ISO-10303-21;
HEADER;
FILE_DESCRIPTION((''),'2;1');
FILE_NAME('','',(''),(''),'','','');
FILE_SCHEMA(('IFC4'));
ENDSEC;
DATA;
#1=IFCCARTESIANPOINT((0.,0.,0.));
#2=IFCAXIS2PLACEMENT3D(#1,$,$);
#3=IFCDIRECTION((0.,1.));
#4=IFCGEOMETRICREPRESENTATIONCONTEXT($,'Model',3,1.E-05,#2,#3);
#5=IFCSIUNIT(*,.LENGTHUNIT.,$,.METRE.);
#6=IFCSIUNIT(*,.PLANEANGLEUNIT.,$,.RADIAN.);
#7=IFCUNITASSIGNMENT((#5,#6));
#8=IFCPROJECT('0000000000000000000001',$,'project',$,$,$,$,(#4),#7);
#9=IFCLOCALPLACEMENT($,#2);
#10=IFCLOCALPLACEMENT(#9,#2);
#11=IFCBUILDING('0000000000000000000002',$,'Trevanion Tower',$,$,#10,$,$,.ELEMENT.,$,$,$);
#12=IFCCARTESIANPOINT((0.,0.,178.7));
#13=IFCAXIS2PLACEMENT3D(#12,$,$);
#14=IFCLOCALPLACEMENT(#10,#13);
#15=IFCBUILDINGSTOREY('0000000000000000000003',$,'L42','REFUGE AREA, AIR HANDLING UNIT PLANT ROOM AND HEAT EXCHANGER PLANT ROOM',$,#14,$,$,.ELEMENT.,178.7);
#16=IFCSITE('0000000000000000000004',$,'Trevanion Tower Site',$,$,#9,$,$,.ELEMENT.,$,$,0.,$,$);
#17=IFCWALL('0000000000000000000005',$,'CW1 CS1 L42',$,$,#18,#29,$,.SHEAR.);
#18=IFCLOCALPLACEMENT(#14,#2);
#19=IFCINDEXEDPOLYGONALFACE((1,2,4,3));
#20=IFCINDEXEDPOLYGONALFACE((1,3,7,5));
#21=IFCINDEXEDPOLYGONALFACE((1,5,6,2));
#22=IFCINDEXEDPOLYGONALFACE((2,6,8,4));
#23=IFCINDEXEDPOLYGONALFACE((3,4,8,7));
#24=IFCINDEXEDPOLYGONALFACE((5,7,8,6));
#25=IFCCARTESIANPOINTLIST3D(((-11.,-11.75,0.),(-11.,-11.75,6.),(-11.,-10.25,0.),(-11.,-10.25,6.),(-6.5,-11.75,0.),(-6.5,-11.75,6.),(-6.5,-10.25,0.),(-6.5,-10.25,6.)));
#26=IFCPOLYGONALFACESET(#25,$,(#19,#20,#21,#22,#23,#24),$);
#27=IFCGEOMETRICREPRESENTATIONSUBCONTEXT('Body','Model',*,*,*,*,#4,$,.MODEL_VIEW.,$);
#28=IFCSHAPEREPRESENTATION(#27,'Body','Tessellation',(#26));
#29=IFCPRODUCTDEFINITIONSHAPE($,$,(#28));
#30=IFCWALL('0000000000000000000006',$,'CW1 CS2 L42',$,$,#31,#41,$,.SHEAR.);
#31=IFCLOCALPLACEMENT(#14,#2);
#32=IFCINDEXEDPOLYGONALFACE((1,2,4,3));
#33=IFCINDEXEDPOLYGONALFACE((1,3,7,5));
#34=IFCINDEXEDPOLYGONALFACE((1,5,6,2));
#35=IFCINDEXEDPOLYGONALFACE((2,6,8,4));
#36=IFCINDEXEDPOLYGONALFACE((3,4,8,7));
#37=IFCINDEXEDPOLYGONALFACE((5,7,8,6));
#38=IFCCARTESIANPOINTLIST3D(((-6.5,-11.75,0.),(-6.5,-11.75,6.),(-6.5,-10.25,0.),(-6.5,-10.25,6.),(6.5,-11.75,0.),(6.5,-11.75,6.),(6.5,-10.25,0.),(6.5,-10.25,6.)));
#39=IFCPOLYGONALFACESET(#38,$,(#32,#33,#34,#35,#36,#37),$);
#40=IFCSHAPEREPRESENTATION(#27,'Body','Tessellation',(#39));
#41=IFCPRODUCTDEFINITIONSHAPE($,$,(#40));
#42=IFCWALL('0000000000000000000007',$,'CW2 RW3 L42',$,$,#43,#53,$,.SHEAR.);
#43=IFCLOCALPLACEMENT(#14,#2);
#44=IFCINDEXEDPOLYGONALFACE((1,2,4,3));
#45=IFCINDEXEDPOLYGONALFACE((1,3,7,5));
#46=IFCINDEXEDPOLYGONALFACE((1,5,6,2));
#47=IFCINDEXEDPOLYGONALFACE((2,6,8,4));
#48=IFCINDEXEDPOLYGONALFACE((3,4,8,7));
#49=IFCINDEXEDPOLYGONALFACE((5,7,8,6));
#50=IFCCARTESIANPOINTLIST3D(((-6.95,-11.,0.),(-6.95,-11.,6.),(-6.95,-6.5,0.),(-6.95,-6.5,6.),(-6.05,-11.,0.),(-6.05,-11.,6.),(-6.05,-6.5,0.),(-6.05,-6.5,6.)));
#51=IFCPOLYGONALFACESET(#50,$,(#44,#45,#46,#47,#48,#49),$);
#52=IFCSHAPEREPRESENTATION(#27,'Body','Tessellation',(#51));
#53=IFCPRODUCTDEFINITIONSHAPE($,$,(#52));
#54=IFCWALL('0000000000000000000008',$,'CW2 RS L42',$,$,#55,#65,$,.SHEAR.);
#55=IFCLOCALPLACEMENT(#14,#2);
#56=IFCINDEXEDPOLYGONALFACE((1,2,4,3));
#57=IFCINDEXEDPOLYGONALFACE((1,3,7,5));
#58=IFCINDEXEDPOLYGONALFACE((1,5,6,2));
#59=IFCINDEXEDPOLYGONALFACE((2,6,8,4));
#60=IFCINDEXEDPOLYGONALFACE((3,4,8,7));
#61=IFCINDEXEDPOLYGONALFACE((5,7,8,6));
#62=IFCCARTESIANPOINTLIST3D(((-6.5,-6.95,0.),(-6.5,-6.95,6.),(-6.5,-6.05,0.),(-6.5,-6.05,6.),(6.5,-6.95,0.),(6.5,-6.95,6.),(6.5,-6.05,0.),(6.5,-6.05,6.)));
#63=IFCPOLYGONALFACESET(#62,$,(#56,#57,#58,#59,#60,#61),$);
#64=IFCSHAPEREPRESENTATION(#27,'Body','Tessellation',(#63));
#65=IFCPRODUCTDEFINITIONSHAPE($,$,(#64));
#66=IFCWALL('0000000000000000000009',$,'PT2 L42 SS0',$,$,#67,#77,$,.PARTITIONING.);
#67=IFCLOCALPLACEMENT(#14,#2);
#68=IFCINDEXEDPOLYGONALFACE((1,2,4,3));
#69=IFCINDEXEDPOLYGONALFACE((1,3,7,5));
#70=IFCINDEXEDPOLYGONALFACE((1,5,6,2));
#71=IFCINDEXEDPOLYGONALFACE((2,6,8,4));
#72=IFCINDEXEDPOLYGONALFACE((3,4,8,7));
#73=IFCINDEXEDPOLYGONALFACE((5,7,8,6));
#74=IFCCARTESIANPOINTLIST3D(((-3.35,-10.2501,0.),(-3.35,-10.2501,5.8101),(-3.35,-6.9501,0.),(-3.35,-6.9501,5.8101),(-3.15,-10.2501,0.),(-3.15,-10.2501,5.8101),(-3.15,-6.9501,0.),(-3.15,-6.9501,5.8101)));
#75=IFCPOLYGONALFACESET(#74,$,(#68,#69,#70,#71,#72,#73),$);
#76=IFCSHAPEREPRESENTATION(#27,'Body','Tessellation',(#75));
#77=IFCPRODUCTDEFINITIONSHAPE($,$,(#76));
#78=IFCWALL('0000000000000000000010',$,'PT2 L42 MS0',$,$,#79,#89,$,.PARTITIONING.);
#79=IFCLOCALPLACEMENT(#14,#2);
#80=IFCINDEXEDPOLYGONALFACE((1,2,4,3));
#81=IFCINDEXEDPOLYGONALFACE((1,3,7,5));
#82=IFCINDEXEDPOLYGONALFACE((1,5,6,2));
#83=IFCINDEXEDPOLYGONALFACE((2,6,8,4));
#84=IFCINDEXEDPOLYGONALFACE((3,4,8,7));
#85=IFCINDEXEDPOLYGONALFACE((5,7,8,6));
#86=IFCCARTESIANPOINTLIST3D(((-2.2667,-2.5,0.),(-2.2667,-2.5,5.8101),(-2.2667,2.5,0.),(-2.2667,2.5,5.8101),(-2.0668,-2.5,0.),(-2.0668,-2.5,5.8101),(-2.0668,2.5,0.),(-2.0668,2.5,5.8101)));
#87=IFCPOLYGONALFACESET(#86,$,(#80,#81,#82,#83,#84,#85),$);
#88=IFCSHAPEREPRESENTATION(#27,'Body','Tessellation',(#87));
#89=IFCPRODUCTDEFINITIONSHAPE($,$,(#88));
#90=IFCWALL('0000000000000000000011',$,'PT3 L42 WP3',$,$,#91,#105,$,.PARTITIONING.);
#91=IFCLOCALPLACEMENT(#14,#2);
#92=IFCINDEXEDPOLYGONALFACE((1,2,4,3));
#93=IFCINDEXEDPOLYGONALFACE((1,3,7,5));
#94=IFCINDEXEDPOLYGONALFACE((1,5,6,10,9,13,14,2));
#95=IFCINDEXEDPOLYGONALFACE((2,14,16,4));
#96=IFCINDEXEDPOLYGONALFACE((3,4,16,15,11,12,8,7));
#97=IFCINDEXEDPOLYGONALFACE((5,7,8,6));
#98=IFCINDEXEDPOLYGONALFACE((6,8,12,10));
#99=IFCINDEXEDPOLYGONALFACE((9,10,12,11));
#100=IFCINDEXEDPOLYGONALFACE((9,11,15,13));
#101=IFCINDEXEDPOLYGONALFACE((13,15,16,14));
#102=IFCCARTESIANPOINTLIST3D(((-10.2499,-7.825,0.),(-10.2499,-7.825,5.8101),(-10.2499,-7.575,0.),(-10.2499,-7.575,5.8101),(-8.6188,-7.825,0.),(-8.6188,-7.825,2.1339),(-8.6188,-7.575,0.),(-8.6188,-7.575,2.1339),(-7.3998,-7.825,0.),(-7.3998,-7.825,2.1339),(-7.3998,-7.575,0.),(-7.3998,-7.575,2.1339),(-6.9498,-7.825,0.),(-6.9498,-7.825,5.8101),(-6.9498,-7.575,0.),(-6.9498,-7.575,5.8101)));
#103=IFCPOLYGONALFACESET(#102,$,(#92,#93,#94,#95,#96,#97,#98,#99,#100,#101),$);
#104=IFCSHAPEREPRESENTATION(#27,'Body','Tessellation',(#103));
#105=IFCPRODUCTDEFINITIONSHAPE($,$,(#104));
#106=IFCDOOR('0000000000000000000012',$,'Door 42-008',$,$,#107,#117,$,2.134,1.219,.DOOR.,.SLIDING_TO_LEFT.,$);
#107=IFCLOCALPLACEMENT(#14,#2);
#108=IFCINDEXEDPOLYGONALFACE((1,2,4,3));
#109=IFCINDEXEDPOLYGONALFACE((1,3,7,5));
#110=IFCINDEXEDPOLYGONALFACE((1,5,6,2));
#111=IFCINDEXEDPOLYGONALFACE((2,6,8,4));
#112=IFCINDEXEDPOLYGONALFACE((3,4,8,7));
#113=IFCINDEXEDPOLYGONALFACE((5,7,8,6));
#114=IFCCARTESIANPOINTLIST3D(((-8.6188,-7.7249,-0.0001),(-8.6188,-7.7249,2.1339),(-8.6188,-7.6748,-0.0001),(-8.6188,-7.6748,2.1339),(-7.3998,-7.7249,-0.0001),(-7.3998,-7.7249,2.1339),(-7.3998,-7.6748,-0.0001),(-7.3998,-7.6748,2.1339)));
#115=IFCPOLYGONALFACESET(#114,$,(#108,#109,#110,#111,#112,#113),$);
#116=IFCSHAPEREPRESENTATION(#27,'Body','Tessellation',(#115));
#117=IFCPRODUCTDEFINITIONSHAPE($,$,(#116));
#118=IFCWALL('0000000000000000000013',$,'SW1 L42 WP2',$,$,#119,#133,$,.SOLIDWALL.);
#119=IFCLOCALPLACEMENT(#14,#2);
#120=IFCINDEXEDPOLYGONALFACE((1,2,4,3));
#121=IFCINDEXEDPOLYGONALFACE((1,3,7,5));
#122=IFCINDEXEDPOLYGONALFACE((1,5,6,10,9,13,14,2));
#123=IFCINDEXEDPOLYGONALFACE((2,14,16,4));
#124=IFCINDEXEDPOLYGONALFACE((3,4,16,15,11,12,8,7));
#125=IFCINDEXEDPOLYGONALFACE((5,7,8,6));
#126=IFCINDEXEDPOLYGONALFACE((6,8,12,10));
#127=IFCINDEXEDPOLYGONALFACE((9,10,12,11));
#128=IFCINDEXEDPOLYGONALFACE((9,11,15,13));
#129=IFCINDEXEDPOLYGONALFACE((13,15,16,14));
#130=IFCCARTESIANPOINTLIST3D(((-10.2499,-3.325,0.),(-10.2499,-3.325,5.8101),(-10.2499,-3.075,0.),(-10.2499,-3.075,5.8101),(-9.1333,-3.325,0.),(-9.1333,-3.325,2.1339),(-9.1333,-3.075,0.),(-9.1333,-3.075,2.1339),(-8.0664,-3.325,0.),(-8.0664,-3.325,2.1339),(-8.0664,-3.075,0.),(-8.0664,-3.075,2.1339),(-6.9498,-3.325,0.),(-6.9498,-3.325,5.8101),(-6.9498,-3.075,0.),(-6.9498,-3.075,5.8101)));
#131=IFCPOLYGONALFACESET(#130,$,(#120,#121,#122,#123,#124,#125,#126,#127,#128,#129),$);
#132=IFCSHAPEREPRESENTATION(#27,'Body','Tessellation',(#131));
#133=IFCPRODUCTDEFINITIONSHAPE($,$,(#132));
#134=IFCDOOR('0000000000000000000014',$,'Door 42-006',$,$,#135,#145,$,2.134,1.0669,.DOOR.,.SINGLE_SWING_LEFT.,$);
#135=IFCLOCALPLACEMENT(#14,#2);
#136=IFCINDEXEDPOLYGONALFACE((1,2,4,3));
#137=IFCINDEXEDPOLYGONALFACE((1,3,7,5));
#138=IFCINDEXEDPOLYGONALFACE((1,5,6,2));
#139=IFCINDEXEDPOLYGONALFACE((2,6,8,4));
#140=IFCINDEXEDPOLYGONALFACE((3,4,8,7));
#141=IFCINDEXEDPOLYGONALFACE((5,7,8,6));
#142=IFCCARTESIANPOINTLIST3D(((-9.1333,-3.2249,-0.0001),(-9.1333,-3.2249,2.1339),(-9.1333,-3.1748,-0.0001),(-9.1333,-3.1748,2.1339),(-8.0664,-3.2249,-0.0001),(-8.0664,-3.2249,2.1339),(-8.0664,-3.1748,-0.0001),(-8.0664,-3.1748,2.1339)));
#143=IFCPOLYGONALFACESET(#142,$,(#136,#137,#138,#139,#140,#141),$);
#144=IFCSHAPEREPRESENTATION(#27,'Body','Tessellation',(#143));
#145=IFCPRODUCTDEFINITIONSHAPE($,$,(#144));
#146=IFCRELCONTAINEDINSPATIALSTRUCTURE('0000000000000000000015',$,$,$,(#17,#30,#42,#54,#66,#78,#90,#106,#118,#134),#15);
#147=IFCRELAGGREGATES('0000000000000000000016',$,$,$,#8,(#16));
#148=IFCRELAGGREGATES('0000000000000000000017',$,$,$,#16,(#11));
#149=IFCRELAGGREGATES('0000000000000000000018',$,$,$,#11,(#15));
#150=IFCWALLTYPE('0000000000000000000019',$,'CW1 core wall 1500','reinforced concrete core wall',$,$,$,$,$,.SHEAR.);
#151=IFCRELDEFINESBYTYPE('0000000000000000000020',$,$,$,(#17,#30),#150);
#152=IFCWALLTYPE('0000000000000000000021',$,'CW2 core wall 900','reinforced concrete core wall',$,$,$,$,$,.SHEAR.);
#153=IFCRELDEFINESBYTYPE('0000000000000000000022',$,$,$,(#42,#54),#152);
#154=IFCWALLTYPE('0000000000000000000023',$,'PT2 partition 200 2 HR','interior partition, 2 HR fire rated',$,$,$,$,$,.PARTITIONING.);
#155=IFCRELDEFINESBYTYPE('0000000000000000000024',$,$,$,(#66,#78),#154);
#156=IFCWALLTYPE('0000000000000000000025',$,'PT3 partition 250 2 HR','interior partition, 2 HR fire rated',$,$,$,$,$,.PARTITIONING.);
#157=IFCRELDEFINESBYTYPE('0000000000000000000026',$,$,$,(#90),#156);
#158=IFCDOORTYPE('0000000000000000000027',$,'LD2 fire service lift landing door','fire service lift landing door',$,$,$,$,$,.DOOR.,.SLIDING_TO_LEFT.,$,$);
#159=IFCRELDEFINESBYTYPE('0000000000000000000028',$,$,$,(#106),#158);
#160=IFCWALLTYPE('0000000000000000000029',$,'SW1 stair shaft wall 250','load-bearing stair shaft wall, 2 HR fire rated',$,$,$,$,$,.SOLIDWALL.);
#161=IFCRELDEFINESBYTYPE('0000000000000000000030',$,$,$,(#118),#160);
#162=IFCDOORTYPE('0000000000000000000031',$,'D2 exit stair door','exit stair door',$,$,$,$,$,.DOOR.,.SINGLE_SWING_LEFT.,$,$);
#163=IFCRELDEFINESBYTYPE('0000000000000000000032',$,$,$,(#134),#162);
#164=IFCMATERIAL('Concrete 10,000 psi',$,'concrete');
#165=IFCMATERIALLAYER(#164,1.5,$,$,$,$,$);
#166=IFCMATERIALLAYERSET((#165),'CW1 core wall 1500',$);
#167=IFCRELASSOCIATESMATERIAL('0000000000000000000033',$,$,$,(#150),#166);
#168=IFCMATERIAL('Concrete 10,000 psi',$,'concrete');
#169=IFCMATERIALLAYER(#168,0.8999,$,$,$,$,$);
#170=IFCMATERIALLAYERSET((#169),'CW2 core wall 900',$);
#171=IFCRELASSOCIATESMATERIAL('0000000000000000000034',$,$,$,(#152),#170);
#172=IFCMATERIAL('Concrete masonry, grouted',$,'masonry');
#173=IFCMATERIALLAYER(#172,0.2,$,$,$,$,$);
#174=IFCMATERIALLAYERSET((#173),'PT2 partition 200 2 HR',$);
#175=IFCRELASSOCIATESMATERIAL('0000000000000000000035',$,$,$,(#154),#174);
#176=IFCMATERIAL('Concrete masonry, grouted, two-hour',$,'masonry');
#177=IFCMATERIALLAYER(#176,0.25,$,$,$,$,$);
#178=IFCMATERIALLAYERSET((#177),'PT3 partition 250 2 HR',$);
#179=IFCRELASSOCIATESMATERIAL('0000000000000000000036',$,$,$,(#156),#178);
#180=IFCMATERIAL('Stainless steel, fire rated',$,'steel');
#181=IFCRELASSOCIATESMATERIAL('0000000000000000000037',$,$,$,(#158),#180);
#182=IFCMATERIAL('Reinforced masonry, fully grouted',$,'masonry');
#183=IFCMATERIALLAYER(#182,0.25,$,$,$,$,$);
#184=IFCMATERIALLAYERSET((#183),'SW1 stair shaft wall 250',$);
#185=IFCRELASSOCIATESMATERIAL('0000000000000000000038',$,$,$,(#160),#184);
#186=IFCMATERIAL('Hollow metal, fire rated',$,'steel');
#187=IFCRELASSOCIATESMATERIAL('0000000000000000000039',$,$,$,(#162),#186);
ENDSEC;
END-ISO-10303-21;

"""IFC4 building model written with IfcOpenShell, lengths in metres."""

from ifc_helpers import new_model, si_unit, direction, frame, frame_2d, origin, place, context, subcontext, project, spatial, rectangle, extrude, material, layer, layer_set, type_object, element, fill, save


model = new_model("IFC4")

# Units and contexts
model_context = context("Model", 3, precision=1e-05, world=origin(), true_north=direction((0.0, 1.0)))
body_context = subcontext(model_context, "Body", "Model", "MODEL_VIEW")
ifc_project = project(units=[si_unit("LENGTHUNIT", "METRE"), si_unit("PLANEANGLEUNIT", "RADIAN")], contexts=[model_context])

# Site, building, storey
site_placement = place(None, origin())
site = spatial("IfcSite", under=ifc_project, at=site_placement, Name="Trevanion Tower Site", CompositionType="ELEMENT", RefElevation=0.0)
building_placement = place(site_placement, origin())
building = spatial("IfcBuilding", under=site, at=building_placement, Name="Trevanion Tower", CompositionType="ELEMENT")
storey_placement = place(building_placement, frame((0.0, 0.0, 178.7)))
storey = spatial("IfcBuildingStorey", under=building, at=storey_placement, Name="L42", Description="REFUGE AREA, AIR HANDLING UNIT PLANT ROOM AND HEAT EXCHANGER PLANT ROOM", CompositionType="ELEMENT", Elevation=178.7)

# Walls
ifc_material_1 = material(Name="Concrete 10,000 psi", Category="concrete")
ifc_layer_1 = layer(ifc_material_1, 1.5)
ifc_layer_set_1 = layer_set([ifc_layer_1], Name="CW1 core wall 1500")
wall_type_1 = type_object("IfcWallType", Name="CW1 core wall 1500", Description="reinforced concrete core wall", PredefinedType="SHEAR", material=ifc_layer_set_1)
wall_1_placement = place(storey_placement, frame((-11.0, -11.0, 0.0), z_axis=(0.0, 0.0, 1.0), x_axis=(1.0, 0.0, 0.0)))
element("IfcWall", 1, at=wall_1_placement, inside=storey, type_object=wall_type_1, Name="CW1 CS1 L42", PredefinedType="SHEAR", context=body_context, shape_type="SweptSolid", body=[
    extrude(rectangle(XDim=4.5, YDim=1.5, at=frame_2d((2.25, 0.0))), origin(), (0.0, 0.0, 1.0), 6.0),
])
wall_2_placement = place(storey_placement, frame((-6.5, -11.0, 0.0), z_axis=(0.0, 0.0, 1.0), x_axis=(1.0, 0.0, 0.0)))
element("IfcWall", 2, at=wall_2_placement, inside=storey, type_object=wall_type_1, Name="CW1 CS2 L42", PredefinedType="SHEAR", context=body_context, shape_type="SweptSolid", body=[
    extrude(rectangle(XDim=13.0, YDim=1.5, at=frame_2d((6.5, 0.0))), origin(), (0.0, 0.0, 1.0), 6.0),
])
ifc_material_2 = material(Name="Concrete 10,000 psi", Category="concrete")
ifc_layer_2 = layer(ifc_material_2, 0.8999)
ifc_layer_set_2 = layer_set([ifc_layer_2], Name="CW2 core wall 900")
wall_type_2 = type_object("IfcWallType", Name="CW2 core wall 900", Description="reinforced concrete core wall", PredefinedType="SHEAR", material=ifc_layer_set_2)
wall_3_placement = place(storey_placement, frame((-6.5, -6.5, 0.0), z_axis=(0.0, 0.0, 1.0), x_axis=(0.0, -1.0, 0.0)))
element("IfcWall", 3, at=wall_3_placement, inside=storey, type_object=wall_type_2, Name="CW2 RW3 L42", PredefinedType="SHEAR", context=body_context, shape_type="SweptSolid", body=[
    extrude(rectangle(XDim=4.5, YDim=0.8999, at=frame_2d((2.25, 0.0))), origin(), (0.0, 0.0, 1.0), 6.0),
])
wall_4_placement = place(storey_placement, frame((-6.5, -6.5, 0.0), z_axis=(0.0, 0.0, 1.0), x_axis=(1.0, 0.0, 0.0)))
element("IfcWall", 4, at=wall_4_placement, inside=storey, type_object=wall_type_2, Name="CW2 RS L42", PredefinedType="SHEAR", context=body_context, shape_type="SweptSolid", body=[
    extrude(rectangle(XDim=13.0, YDim=0.8999, at=frame_2d((6.5, 0.0))), origin(), (0.0, 0.0, 1.0), 6.0),
])
ifc_material_3 = material(Name="Concrete masonry, grouted", Category="masonry")
ifc_layer_3 = layer(ifc_material_3, 0.2)
ifc_layer_set_3 = layer_set([ifc_layer_3], Name="PT2 partition 200 2 HR")
wall_type_3 = type_object("IfcWallType", Name="PT2 partition 200 2 HR", Description="interior partition, 2 HR fire rated", PredefinedType="PARTITIONING", material=ifc_layer_set_3)
wall_5_placement = place(storey_placement, frame((-3.25, -10.25, 0.0), z_axis=(0.0, 0.0, 1.0), x_axis=(0.0, 1.0, 0.0)))
element("IfcWall", 5, at=wall_5_placement, inside=storey, type_object=wall_type_3, Name="PT2 L42 SS0", PredefinedType="PARTITIONING", context=body_context, shape_type="SweptSolid", body=[
    extrude(rectangle(XDim=3.3, YDim=0.2, at=frame_2d((1.6499, 0.0))), origin(), (0.0, 0.0, 1.0), 5.8101),
])
wall_6_placement = place(storey_placement, frame((-2.1667, -2.5, 0.0), z_axis=(0.0, 0.0, 1.0), x_axis=(0.0, 1.0, 0.0)))
element("IfcWall", 6, at=wall_6_placement, inside=storey, type_object=wall_type_3, Name="PT2 L42 MS0", PredefinedType="PARTITIONING", context=body_context, shape_type="SweptSolid", body=[
    extrude(rectangle(XDim=5.0, YDim=0.2, at=frame_2d((2.5, 0.0))), origin(), (0.0, 0.0, 1.0), 5.8101),
])

# Walls, openings, doors
ifc_material_4 = material(Name="Concrete masonry, grouted, two-hour", Category="masonry")
ifc_layer_4 = layer(ifc_material_4, 0.25)
ifc_layer_set_4 = layer_set([ifc_layer_4], Name="PT3 partition 250 2 HR")
wall_type_4 = type_object("IfcWallType", Name="PT3 partition 250 2 HR", Description="interior partition, 2 HR fire rated", PredefinedType="PARTITIONING", material=ifc_layer_set_4)
wall_7_placement = place(storey_placement, frame((-6.95, -7.7, 0.0), z_axis=(0.0, 0.0, 1.0), x_axis=(-1.0, 0.0, 0.0)))
wall_7 = element("IfcWall", 7, at=wall_7_placement, inside=storey, type_object=wall_type_4, Name="PT3 L42 WP3", PredefinedType="PARTITIONING", context=body_context, shape_type="SweptSolid", body=[
    extrude(rectangle(XDim=3.3, YDim=0.25, at=frame_2d((1.6499, 0.0))), origin(), (0.0, 0.0, 1.0), 5.8101),
])
opening_1_placement = place(wall_7_placement, frame((0.45, 0.0, 0.0)))
opening_1 = element("IfcOpeningElement", 8, at=opening_1_placement, cuts=wall_7, PredefinedType="OPENING", context=body_context, shape_type="SweptSolid", body=[
    extrude(rectangle(XDim=1.219, YDim=2.134, at=frame_2d((0.6094, 1.0669))), frame((0.0, 0.135, 0.0), z_axis=(0.0, -1.0, 0.0), x_axis=(1.0, 0.0, 0.0)), (0.0, 0.0, 1.0), 0.27),
])
ifc_material_5 = material(Name="Stainless steel, fire rated", Category="steel")
door_type_1 = type_object("IfcDoorType", Name="LD2 fire service lift landing door", Description="fire service lift landing door", OperationType="SLIDING_TO_LEFT", PredefinedType="DOOR", material=ifc_material_5)
door_1_placement = place(opening_1_placement, origin())
door_1 = element("IfcDoor", 9, at=door_1_placement, inside=storey, type_object=door_type_1, Name="Door 42-008", OperationType="SLIDING_TO_LEFT", OverallHeight=2.134, OverallWidth=1.219, PredefinedType="DOOR", context=body_context, shape_type="SweptSolid", body=[
    extrude(rectangle(XDim=1.219, YDim=2.134, at=frame_2d((0.6094, 1.0669))), frame((0.0, 0.0249, 0.0), z_axis=(0.0, -1.0, 0.0), x_axis=(1.0, 0.0, 0.0)), (0.0, 0.0, 1.0), 0.05),
])
fill(opening_1, door_1)
ifc_material_6 = material(Name="Reinforced masonry, fully grouted", Category="masonry")
ifc_layer_5 = layer(ifc_material_6, 0.25)
ifc_layer_set_5 = layer_set([ifc_layer_5], Name="SW1 stair shaft wall 250")
wall_type_5 = type_object("IfcWallType", Name="SW1 stair shaft wall 250", Description="load-bearing stair shaft wall, 2 HR fire rated", PredefinedType="SOLIDWALL", material=ifc_layer_set_5)
wall_8_placement = place(storey_placement, frame((-6.95, -3.2, 0.0), z_axis=(0.0, 0.0, 1.0), x_axis=(-1.0, 0.0, 0.0)))
wall_8 = element("IfcWall", 10, at=wall_8_placement, inside=storey, type_object=wall_type_5, Name="SW1 L42 WP2", PredefinedType="SOLIDWALL", context=body_context, shape_type="SweptSolid", body=[
    extrude(rectangle(XDim=3.3, YDim=0.25, at=frame_2d((1.6499, 0.0))), origin(), (0.0, 0.0, 1.0), 5.8101),
])
opening_2_placement = place(wall_8_placement, frame((1.1165, 0.0, 0.0)))
opening_2 = element("IfcOpeningElement", 11, at=opening_2_placement, cuts=wall_8, PredefinedType="OPENING", context=body_context, shape_type="SweptSolid", body=[
    extrude(rectangle(XDim=1.0669, YDim=2.134, at=frame_2d((0.5334, 1.0669))), frame((0.0, 0.135, 0.0), z_axis=(0.0, -1.0, 0.0), x_axis=(1.0, 0.0, 0.0)), (0.0, 0.0, 1.0), 0.27),
])
ifc_material_7 = material(Name="Hollow metal, fire rated", Category="steel")
door_type_2 = type_object("IfcDoorType", Name="D2 exit stair door", Description="exit stair door", OperationType="SINGLE_SWING_LEFT", PredefinedType="DOOR", material=ifc_material_7)
door_2_placement = place(opening_2_placement, origin())
door_2 = element("IfcDoor", 12, at=door_2_placement, inside=storey, type_object=door_type_2, Name="Door 42-006", OperationType="SINGLE_SWING_LEFT", OverallHeight=2.134, OverallWidth=1.0669, PredefinedType="DOOR", context=body_context, shape_type="SweptSolid", body=[
    extrude(rectangle(XDim=1.0669, YDim=2.134, at=frame_2d((0.5334, 1.0669))), frame((0.0, 0.0249, 0.0), z_axis=(0.0, -1.0, 0.0), x_axis=(1.0, 0.0, 0.0)), (0.0, 0.0, 1.0), 0.05),
])
fill(opening_2, door_2)

save(model, "model.ifc")
